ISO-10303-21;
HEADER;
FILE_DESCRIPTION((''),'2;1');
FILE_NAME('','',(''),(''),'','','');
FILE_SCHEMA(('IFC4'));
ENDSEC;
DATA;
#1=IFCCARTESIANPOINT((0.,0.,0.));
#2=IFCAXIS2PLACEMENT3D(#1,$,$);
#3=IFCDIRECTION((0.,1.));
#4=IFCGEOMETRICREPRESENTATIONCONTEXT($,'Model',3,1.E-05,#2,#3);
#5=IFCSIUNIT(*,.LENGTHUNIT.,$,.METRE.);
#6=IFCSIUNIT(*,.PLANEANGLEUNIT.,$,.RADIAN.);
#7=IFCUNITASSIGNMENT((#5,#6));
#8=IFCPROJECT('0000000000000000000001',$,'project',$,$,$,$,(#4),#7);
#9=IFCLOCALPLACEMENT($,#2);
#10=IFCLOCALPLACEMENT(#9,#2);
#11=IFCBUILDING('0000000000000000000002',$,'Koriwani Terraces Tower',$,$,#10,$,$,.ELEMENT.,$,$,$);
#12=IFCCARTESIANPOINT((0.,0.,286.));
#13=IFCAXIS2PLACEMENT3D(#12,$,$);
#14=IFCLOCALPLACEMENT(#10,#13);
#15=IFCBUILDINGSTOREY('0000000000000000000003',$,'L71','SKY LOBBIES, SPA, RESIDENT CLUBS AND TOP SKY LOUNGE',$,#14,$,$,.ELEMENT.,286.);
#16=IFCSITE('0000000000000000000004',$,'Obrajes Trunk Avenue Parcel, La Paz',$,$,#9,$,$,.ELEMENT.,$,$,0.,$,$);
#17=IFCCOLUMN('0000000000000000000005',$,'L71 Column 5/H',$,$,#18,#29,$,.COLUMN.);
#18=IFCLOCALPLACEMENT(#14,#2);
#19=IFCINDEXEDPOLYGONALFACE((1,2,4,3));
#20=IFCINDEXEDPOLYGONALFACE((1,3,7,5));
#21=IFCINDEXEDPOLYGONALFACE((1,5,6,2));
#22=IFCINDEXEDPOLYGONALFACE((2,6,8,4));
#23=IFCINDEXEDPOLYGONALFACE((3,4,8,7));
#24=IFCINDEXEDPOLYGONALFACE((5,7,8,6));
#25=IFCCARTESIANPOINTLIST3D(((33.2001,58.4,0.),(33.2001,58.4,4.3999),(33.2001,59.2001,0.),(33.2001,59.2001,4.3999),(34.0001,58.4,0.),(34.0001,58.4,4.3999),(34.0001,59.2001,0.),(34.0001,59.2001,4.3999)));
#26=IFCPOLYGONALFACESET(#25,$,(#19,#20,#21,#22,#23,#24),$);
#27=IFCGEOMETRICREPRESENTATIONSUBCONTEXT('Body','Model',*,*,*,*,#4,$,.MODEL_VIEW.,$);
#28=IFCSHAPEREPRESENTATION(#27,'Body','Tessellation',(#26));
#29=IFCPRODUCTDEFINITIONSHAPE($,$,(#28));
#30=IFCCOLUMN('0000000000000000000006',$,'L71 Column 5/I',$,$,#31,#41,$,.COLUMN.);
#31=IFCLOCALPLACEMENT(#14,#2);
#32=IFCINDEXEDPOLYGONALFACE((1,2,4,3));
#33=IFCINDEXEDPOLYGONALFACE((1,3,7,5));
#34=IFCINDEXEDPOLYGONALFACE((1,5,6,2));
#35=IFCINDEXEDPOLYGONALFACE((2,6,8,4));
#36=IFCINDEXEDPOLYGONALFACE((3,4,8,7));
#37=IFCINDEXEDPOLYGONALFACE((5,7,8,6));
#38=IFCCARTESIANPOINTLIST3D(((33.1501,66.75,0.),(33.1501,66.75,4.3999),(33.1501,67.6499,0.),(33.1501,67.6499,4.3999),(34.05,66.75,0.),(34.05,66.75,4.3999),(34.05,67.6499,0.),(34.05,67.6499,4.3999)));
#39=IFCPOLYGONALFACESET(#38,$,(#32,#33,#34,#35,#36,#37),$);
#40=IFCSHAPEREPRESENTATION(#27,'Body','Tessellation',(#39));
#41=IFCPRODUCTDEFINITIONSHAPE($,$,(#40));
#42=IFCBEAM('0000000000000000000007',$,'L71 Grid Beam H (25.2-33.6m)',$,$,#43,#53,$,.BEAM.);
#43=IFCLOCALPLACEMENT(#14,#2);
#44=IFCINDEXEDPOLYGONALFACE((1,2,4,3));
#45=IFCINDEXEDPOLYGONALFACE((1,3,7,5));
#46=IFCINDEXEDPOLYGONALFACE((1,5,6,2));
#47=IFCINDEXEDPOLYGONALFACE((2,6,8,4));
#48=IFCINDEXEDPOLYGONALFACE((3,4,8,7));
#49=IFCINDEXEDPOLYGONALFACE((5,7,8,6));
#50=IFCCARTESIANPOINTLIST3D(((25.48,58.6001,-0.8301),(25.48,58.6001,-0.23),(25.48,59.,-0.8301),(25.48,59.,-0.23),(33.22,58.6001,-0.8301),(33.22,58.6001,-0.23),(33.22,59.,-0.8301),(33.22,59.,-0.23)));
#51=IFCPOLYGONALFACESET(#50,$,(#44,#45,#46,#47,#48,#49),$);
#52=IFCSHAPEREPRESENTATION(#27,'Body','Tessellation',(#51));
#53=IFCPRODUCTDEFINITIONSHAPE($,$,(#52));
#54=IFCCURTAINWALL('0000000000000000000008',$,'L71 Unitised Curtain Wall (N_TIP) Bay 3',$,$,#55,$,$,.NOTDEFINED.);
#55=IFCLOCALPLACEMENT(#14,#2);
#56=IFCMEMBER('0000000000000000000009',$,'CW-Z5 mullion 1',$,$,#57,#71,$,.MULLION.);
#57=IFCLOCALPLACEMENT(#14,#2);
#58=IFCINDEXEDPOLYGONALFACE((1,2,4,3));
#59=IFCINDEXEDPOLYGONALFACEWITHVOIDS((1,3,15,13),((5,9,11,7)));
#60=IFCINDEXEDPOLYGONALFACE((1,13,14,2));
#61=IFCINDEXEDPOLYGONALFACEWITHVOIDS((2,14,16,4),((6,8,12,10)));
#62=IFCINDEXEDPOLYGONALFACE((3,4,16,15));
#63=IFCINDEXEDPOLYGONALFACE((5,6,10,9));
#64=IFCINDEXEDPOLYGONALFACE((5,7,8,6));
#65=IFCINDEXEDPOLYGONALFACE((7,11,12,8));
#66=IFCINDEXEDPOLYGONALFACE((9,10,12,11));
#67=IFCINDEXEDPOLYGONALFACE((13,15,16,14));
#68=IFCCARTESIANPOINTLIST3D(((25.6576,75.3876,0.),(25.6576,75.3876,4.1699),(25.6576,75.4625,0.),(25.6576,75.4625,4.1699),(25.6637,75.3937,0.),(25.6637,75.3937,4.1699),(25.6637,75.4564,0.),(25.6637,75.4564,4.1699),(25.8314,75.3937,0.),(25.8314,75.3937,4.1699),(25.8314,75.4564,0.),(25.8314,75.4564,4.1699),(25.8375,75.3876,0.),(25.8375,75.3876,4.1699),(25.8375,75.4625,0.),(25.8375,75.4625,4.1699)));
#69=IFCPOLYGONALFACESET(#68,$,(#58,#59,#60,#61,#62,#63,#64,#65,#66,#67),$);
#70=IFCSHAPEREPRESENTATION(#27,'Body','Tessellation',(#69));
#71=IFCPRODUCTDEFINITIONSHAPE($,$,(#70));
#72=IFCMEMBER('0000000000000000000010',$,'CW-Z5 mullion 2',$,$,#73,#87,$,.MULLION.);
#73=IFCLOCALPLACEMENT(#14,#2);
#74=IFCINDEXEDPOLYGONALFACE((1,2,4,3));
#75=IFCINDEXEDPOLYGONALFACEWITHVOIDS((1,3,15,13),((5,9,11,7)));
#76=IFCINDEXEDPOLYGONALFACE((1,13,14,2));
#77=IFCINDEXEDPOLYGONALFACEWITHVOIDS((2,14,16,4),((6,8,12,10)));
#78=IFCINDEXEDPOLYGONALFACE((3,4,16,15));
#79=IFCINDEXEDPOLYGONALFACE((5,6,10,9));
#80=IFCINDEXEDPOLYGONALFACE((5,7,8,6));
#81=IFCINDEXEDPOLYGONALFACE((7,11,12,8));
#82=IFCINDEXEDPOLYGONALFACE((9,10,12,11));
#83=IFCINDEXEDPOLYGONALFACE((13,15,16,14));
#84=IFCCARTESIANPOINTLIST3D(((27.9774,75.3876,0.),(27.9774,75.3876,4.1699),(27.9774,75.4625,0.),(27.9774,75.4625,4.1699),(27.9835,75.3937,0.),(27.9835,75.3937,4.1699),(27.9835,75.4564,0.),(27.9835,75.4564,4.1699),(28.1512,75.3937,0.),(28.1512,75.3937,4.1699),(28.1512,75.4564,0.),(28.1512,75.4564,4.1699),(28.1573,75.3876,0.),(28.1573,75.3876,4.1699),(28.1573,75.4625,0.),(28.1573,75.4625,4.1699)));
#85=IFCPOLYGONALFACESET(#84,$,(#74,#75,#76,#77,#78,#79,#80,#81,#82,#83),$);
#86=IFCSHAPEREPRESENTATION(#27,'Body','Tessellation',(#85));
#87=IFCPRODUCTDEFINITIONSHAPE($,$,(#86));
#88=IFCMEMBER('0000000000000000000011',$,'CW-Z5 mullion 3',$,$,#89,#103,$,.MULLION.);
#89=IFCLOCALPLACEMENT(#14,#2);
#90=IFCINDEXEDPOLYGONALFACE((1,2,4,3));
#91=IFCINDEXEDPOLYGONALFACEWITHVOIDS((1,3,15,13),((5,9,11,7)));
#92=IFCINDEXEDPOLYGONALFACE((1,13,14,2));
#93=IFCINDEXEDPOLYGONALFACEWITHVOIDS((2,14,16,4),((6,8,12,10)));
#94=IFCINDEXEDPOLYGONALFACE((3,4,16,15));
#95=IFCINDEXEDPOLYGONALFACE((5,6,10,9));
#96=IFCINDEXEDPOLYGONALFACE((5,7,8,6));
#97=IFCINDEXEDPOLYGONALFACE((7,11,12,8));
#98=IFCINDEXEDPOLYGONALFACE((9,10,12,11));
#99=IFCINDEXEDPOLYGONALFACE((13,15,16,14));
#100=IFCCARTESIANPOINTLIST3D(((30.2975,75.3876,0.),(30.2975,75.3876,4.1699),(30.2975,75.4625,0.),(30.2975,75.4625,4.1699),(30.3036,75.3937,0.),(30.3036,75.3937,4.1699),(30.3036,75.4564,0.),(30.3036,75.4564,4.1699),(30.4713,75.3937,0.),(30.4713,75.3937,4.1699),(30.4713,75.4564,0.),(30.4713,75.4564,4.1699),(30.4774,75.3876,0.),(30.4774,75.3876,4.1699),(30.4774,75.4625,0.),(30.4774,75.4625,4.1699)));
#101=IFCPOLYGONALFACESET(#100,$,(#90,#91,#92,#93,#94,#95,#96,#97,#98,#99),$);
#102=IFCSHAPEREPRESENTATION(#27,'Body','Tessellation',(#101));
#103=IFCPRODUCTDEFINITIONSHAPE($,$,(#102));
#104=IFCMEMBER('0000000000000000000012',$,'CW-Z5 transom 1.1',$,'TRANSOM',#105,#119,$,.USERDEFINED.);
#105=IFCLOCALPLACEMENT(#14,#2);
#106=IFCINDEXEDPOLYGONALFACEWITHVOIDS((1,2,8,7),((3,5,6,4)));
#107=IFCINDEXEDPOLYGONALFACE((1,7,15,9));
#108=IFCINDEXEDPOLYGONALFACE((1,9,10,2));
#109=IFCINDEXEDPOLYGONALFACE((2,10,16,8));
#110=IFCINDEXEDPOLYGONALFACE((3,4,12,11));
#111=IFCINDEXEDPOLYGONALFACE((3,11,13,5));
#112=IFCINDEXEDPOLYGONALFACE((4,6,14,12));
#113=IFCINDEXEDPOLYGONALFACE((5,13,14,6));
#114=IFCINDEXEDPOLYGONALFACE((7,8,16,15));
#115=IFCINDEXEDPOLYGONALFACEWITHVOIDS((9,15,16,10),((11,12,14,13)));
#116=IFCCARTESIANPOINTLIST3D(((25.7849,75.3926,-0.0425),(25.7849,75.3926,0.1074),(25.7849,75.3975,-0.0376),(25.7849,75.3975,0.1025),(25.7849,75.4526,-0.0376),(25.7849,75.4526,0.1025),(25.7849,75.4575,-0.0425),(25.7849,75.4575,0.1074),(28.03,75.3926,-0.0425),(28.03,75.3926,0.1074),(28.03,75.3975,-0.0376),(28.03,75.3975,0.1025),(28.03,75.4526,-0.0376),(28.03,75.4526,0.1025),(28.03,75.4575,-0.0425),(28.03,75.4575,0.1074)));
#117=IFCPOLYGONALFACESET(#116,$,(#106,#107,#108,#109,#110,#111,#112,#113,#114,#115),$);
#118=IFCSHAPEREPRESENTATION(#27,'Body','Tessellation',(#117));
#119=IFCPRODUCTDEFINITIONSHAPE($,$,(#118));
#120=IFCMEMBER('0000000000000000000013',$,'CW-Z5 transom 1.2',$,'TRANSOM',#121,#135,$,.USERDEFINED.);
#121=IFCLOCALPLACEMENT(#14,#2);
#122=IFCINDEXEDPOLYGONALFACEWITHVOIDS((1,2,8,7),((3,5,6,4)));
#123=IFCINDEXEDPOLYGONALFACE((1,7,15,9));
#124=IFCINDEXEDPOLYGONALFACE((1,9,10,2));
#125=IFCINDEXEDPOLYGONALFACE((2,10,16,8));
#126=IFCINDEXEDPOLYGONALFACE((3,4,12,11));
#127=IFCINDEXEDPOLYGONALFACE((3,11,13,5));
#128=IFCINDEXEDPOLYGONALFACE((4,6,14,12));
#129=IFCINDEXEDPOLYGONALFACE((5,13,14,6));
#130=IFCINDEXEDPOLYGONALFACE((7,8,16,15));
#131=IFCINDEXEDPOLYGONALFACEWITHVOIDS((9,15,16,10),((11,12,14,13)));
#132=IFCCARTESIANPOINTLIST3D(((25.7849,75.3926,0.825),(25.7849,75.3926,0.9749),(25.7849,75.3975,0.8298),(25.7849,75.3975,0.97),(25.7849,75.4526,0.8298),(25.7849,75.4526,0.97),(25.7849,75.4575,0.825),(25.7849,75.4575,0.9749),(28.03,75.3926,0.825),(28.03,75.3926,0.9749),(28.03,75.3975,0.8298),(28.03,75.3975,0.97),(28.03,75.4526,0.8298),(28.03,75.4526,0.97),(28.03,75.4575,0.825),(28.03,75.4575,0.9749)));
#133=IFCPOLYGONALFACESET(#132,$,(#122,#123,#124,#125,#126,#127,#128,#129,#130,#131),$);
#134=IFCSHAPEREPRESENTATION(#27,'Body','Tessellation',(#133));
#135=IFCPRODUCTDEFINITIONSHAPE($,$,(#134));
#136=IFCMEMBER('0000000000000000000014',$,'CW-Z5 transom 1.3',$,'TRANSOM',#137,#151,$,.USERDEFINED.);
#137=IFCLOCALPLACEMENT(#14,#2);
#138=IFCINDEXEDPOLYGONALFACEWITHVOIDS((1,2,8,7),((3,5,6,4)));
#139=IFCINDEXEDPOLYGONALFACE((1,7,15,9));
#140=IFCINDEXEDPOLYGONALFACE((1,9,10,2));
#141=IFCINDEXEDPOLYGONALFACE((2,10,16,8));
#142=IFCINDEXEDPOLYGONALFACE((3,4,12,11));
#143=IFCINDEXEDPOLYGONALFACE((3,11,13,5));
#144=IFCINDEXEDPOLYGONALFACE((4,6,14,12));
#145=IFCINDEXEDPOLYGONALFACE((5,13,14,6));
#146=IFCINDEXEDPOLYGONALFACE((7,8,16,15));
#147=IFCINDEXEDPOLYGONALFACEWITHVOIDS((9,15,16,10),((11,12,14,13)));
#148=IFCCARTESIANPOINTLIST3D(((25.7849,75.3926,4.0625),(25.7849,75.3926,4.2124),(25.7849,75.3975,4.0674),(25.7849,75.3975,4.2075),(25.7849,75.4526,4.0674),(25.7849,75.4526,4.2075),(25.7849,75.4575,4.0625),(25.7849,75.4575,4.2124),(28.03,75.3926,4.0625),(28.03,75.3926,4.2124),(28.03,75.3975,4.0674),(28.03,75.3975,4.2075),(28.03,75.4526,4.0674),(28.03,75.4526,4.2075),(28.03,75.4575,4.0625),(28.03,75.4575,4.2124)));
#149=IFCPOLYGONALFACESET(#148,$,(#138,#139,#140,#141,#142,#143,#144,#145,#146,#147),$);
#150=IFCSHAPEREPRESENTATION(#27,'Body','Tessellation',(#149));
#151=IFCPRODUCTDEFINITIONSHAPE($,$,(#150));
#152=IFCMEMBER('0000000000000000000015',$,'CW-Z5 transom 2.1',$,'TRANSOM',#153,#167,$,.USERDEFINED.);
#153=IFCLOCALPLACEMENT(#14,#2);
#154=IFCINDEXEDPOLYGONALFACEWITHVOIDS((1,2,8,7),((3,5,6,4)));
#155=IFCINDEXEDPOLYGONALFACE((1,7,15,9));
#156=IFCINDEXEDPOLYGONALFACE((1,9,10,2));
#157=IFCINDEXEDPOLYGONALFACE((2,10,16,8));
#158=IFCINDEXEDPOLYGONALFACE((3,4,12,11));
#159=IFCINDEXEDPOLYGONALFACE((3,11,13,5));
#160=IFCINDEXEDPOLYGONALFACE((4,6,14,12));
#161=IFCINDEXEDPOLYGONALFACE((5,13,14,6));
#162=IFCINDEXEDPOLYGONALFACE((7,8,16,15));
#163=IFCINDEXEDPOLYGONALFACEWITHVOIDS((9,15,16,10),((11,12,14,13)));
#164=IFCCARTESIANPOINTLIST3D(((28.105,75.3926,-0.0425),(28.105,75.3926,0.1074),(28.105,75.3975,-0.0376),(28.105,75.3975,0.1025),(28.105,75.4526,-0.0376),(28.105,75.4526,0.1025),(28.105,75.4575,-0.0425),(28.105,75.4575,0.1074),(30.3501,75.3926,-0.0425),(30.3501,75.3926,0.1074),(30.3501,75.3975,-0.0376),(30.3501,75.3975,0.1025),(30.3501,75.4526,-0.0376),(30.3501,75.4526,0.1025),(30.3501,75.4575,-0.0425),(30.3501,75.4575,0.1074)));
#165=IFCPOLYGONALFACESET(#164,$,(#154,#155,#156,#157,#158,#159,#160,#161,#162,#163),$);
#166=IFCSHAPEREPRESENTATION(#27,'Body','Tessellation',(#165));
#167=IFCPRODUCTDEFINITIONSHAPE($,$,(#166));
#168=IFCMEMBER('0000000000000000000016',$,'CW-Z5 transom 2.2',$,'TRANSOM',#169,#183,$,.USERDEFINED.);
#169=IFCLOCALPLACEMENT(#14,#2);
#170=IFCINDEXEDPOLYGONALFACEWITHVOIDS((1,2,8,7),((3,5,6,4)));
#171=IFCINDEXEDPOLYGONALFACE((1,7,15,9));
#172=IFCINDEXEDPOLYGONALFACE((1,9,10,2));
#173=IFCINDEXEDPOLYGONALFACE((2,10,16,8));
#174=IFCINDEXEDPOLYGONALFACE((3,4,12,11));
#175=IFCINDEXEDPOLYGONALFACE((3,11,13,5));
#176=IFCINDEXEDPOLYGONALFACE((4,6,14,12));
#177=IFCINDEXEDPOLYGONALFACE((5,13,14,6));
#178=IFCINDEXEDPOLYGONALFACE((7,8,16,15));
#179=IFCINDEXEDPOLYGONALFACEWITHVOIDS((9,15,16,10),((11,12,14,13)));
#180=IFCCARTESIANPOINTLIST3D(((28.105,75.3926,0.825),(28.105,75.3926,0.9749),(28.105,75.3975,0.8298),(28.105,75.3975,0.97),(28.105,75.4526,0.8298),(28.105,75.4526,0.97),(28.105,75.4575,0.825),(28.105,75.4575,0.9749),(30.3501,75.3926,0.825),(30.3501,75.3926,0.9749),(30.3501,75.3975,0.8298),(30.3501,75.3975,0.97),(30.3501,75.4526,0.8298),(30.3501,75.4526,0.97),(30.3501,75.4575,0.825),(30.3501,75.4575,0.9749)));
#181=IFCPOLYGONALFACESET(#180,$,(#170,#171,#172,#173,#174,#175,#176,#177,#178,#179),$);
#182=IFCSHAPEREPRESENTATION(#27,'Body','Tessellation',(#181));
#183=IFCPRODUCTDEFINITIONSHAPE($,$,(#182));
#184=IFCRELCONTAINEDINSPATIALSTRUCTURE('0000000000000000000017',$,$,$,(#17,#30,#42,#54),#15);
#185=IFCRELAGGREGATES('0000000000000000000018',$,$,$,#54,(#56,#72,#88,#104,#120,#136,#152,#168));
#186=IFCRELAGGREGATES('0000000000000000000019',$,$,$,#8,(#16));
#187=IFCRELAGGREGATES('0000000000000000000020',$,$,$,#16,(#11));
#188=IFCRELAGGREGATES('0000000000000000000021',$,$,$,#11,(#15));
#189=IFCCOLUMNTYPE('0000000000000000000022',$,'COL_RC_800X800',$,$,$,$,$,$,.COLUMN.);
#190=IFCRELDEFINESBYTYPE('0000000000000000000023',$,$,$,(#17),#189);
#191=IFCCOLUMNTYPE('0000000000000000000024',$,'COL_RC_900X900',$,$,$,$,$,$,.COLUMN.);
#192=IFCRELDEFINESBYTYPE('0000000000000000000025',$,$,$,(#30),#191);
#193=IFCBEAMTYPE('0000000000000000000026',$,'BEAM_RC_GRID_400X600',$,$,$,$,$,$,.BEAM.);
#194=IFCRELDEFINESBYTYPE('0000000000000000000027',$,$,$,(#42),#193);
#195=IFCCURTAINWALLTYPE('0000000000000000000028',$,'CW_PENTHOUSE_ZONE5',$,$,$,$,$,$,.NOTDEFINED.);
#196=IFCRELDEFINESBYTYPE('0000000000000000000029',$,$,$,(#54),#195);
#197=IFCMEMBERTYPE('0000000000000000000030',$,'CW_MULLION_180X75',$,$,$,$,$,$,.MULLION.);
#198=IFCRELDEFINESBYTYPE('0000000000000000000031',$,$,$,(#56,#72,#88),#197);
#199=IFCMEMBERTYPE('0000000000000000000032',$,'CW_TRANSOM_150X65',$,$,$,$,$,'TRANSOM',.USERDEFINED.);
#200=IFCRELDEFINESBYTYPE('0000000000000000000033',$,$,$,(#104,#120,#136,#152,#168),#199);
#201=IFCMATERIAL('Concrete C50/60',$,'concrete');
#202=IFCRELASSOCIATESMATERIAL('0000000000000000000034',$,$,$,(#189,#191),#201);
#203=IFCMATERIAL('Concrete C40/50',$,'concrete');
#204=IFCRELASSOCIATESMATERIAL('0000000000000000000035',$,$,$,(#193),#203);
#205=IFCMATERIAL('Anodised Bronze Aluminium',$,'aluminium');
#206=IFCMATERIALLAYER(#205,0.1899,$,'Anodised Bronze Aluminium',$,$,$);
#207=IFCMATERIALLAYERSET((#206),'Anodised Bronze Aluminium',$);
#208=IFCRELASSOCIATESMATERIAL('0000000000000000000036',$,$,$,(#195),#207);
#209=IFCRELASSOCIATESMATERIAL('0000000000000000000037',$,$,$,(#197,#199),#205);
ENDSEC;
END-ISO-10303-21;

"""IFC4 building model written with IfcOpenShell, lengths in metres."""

from ifc_helpers import new_model, si_unit, direction, frame, origin, origin_2d, place, context, subcontext, project, spatial, rectangle, hollow_rectangle, extrude, material, layer, layer_set, material_profile, profile_set, type_object, element, aggregate, save


model = new_model("IFC4")

# Units and contexts
model_context = context("Model", 3, precision=1e-05, world=origin(), true_north=direction((0.0, 1.0)))
body_context = subcontext(model_context, "Body", "Model", "MODEL_VIEW")
ifc_project = project(units=[si_unit("LENGTHUNIT", "METRE"), si_unit("PLANEANGLEUNIT", "RADIAN")], contexts=[model_context])

# Site, building, storey
site_placement = place(None, origin())
site = spatial("IfcSite", under=ifc_project, at=site_placement, Name="Obrajes Trunk Avenue Parcel, La Paz", CompositionType="ELEMENT", RefElevation=0.0)
building_placement = place(site_placement, origin())
building = spatial("IfcBuilding", under=site, at=building_placement, Name="Koriwani Terraces Tower", CompositionType="ELEMENT")
storey_placement = place(building_placement, frame((0.0, 0.0, 286.0)))
storey = spatial("IfcBuildingStorey", under=building, at=storey_placement, Name="L71", Description="SKY LOBBIES, SPA, RESIDENT CLUBS AND TOP SKY LOUNGE", CompositionType="ELEMENT", Elevation=286.0)

# Columns
ifc_material_1 = material(Name="Concrete C50/60", Category="concrete")
ifc_material_profile_1 = material_profile(ifc_material_1, rectangle(XDim=0.8, YDim=0.8, at=origin_2d()), Name="Concrete C50/60", Category="LoadBearing")
ifc_profile_set_1 = profile_set([ifc_material_profile_1], Name="Concrete C50/60")
column_type_1 = type_object("IfcColumnType", Name="COL_RC_800X800", PredefinedType="COLUMN", material=ifc_profile_set_1)
column_1_placement = place(storey_placement, frame((33.6001, 58.8, 0.0), z_axis=(0.0, 0.0, 1.0), x_axis=(1.0, 0.0, 0.0)))
element("IfcColumn", 1, at=column_1_placement, inside=storey, type_object=column_type_1, Name="L71 Column 5/H", PredefinedType="COLUMN", context=body_context, shape_type="SweptSolid", body=[
    extrude(rectangle(XDim=0.8, YDim=0.8, at=origin_2d()), origin(), (0.0, 0.0, 1.0), 4.3999),
])
ifc_material_profile_2 = material_profile(ifc_material_1, rectangle(XDim=0.8999, YDim=0.8999, at=origin_2d()), Name="Concrete C50/60", Category="LoadBearing")
ifc_profile_set_2 = profile_set([ifc_material_profile_2], Name="Concrete C50/60")
column_type_2 = type_object("IfcColumnType", Name="COL_RC_900X900", PredefinedType="COLUMN", material=ifc_profile_set_2)
column_2_placement = place(storey_placement, frame((33.6001, 67.2, 0.0), z_axis=(0.0, 0.0, 1.0), x_axis=(1.0, 0.0, 0.0)))
element("IfcColumn", 2, at=column_2_placement, inside=storey, type_object=column_type_2, Name="L71 Column 5/I", PredefinedType="COLUMN", context=body_context, shape_type="SweptSolid", body=[
    extrude(rectangle(XDim=0.8999, YDim=0.8999, at=origin_2d()), origin(), (0.0, 0.0, 1.0), 4.3999),
])

# Beam
ifc_material_2 = material(Name="Concrete C40/50", Category="concrete")
ifc_material_profile_3 = material_profile(ifc_material_2, rectangle(XDim=0.3999, YDim=0.6001, at=origin_2d()), Name="Concrete C40/50", Category="LoadBearing")
ifc_profile_set_3 = profile_set([ifc_material_profile_3], Name="Concrete C40/50")
beam_type_1 = type_object("IfcBeamType", Name="BEAM_RC_GRID_400X600", PredefinedType="BEAM", material=ifc_profile_set_3)
beam_1_placement = place(storey_placement, frame((25.48, 58.8, -0.53), z_axis=(1.0, 0.0, 0.0), x_axis=(0.0, 1.0, 0.0)))
element("IfcBeam", 3, at=beam_1_placement, inside=storey, type_object=beam_type_1, Name="L71 Grid Beam H (25.2-33.6m)", PredefinedType="BEAM", context=body_context, shape_type="SweptSolid", body=[
    extrude(rectangle(XDim=0.3999, YDim=0.6001, at=origin_2d()), origin(), (0.0, 0.0, 1.0), 7.74),
])

# Curtain wall, members
ifc_material_3 = material(Name="Anodised Bronze Aluminium", Category="aluminium")
ifc_layer_1 = layer(ifc_material_3, 0.1899, Name="Anodised Bronze Aluminium")
ifc_layer_set_1 = layer_set([ifc_layer_1], Name="Anodised Bronze Aluminium")
curtain_wall_type = type_object("IfcCurtainWallType", Name="CW_PENTHOUSE_ZONE5", PredefinedType="NOTDEFINED", material=ifc_layer_set_1)
curtain_wall_placement = place(storey_placement, origin())
curtain_wall = element("IfcCurtainWall", 4, at=curtain_wall_placement, inside=storey, type_object=curtain_wall_type, Name="L71 Unitised Curtain Wall (N_TIP) Bay 3", PredefinedType="NOTDEFINED")
ifc_material_profile_4 = material_profile(ifc_material_3, hollow_rectangle(XDim=0.075, YDim=0.1799, WallThickness=0.0061, at=origin_2d()), Name="Anodised Bronze Aluminium", Category="LoadBearing")
ifc_profile_set_4 = profile_set([ifc_material_profile_4], Name="Anodised Bronze Aluminium")
member_type_1 = type_object("IfcMemberType", Name="CW_MULLION_180X75", PredefinedType="MULLION", material=ifc_profile_set_4)
member_1_placement = place(storey_placement, frame((25.7476, 75.425, 0.0), z_axis=(0.0, 0.0, 1.0), x_axis=(0.0, 1.0, 0.0)))
member_1 = element("IfcMember", 5, at=member_1_placement, type_object=member_type_1, Name="CW-Z5 mullion 1", PredefinedType="MULLION", context=body_context, shape_type="SweptSolid", body=[
    extrude(hollow_rectangle(XDim=0.075, YDim=0.1799, WallThickness=0.0061, at=origin_2d()), origin(), (0.0, 0.0, 1.0), 4.1699),
])
member_2_placement = place(storey_placement, frame((28.0674, 75.425, 0.0), z_axis=(0.0, 0.0, 1.0), x_axis=(0.0, 1.0, 0.0)))
member_2 = element("IfcMember", 6, at=member_2_placement, type_object=member_type_1, Name="CW-Z5 mullion 2", PredefinedType="MULLION", context=body_context, shape_type="SweptSolid", body=[
    extrude(hollow_rectangle(XDim=0.075, YDim=0.1799, WallThickness=0.0061, at=origin_2d()), origin(), (0.0, 0.0, 1.0), 4.1699),
])
member_3_placement = place(storey_placement, frame((30.3875, 75.425, 0.0), z_axis=(0.0, 0.0, 1.0), x_axis=(0.0, 1.0, 0.0)))
member_3 = element("IfcMember", 7, at=member_3_placement, type_object=member_type_1, Name="CW-Z5 mullion 3", PredefinedType="MULLION", context=body_context, shape_type="SweptSolid", body=[
    extrude(hollow_rectangle(XDim=0.075, YDim=0.1799, WallThickness=0.0061, at=origin_2d()), origin(), (0.0, 0.0, 1.0), 4.1699),
])
ifc_material_profile_5 = material_profile(ifc_material_3, hollow_rectangle(XDim=0.0649, YDim=0.1499, WallThickness=0.0049, at=origin_2d()), Name="Anodised Bronze Aluminium", Category="LoadBearing")
ifc_profile_set_5 = profile_set([ifc_material_profile_5], Name="Anodised Bronze Aluminium")
member_type_2 = type_object("IfcMemberType", Name="CW_TRANSOM_150X65", ElementType="TRANSOM", PredefinedType="USERDEFINED", material=ifc_profile_set_5)
member_4_placement = place(storey_placement, frame((25.7849, 75.425, 0.0325), z_axis=(1.0, 0.0, 0.0), x_axis=(0.0, 1.0, 0.0)))
member_4 = element("IfcMember", 8, at=member_4_placement, type_object=member_type_2, Name="CW-Z5 transom 1.1", ObjectType="TRANSOM", PredefinedType="USERDEFINED", context=body_context, shape_type="SweptSolid", body=[
    extrude(hollow_rectangle(XDim=0.0649, YDim=0.1499, WallThickness=0.0049, at=origin_2d()), origin(), (0.0, 0.0, 1.0), 2.2451),
])
member_5_placement = place(storey_placement, frame((25.7849, 75.425, 0.8999), z_axis=(1.0, 0.0, 0.0), x_axis=(0.0, 1.0, 0.0)))
member_5 = element("IfcMember", 9, at=member_5_placement, type_object=member_type_2, Name="CW-Z5 transom 1.2", ObjectType="TRANSOM", PredefinedType="USERDEFINED", context=body_context, shape_type="SweptSolid", body=[
    extrude(hollow_rectangle(XDim=0.0649, YDim=0.1499, WallThickness=0.0049, at=origin_2d()), origin(), (0.0, 0.0, 1.0), 2.2451),
])
member_6_placement = place(storey_placement, frame((25.7849, 75.425, 4.1375), z_axis=(1.0, 0.0, 0.0), x_axis=(0.0, 1.0, 0.0)))
member_6 = element("IfcMember", 10, at=member_6_placement, type_object=member_type_2, Name="CW-Z5 transom 1.3", ObjectType="TRANSOM", PredefinedType="USERDEFINED", context=body_context, shape_type="SweptSolid", body=[
    extrude(hollow_rectangle(XDim=0.0649, YDim=0.1499, WallThickness=0.0049, at=origin_2d()), origin(), (0.0, 0.0, 1.0), 2.2451),
])
member_7_placement = place(storey_placement, frame((28.105, 75.425, 0.0325), z_axis=(1.0, 0.0, 0.0), x_axis=(0.0, 1.0, 0.0)))
member_7 = element("IfcMember", 11, at=member_7_placement, type_object=member_type_2, Name="CW-Z5 transom 2.1", ObjectType="TRANSOM", PredefinedType="USERDEFINED", context=body_context, shape_type="SweptSolid", body=[
    extrude(hollow_rectangle(XDim=0.0649, YDim=0.1499, WallThickness=0.0049, at=origin_2d()), origin(), (0.0, 0.0, 1.0), 2.2451),
])
member_8_placement = place(storey_placement, frame((28.105, 75.425, 0.8999), z_axis=(1.0, 0.0, 0.0), x_axis=(0.0, 1.0, 0.0)))
member_8 = element("IfcMember", 12, at=member_8_placement, type_object=member_type_2, Name="CW-Z5 transom 2.2", ObjectType="TRANSOM", PredefinedType="USERDEFINED", context=body_context, shape_type="SweptSolid", body=[
    extrude(hollow_rectangle(XDim=0.0649, YDim=0.1499, WallThickness=0.0049, at=origin_2d()), origin(), (0.0, 0.0, 1.0), 2.2451),
])

aggregate(curtain_wall, [member_1, member_2, member_3, member_4, member_5, member_6, member_7, member_8])

save(model, "model.ifc")
